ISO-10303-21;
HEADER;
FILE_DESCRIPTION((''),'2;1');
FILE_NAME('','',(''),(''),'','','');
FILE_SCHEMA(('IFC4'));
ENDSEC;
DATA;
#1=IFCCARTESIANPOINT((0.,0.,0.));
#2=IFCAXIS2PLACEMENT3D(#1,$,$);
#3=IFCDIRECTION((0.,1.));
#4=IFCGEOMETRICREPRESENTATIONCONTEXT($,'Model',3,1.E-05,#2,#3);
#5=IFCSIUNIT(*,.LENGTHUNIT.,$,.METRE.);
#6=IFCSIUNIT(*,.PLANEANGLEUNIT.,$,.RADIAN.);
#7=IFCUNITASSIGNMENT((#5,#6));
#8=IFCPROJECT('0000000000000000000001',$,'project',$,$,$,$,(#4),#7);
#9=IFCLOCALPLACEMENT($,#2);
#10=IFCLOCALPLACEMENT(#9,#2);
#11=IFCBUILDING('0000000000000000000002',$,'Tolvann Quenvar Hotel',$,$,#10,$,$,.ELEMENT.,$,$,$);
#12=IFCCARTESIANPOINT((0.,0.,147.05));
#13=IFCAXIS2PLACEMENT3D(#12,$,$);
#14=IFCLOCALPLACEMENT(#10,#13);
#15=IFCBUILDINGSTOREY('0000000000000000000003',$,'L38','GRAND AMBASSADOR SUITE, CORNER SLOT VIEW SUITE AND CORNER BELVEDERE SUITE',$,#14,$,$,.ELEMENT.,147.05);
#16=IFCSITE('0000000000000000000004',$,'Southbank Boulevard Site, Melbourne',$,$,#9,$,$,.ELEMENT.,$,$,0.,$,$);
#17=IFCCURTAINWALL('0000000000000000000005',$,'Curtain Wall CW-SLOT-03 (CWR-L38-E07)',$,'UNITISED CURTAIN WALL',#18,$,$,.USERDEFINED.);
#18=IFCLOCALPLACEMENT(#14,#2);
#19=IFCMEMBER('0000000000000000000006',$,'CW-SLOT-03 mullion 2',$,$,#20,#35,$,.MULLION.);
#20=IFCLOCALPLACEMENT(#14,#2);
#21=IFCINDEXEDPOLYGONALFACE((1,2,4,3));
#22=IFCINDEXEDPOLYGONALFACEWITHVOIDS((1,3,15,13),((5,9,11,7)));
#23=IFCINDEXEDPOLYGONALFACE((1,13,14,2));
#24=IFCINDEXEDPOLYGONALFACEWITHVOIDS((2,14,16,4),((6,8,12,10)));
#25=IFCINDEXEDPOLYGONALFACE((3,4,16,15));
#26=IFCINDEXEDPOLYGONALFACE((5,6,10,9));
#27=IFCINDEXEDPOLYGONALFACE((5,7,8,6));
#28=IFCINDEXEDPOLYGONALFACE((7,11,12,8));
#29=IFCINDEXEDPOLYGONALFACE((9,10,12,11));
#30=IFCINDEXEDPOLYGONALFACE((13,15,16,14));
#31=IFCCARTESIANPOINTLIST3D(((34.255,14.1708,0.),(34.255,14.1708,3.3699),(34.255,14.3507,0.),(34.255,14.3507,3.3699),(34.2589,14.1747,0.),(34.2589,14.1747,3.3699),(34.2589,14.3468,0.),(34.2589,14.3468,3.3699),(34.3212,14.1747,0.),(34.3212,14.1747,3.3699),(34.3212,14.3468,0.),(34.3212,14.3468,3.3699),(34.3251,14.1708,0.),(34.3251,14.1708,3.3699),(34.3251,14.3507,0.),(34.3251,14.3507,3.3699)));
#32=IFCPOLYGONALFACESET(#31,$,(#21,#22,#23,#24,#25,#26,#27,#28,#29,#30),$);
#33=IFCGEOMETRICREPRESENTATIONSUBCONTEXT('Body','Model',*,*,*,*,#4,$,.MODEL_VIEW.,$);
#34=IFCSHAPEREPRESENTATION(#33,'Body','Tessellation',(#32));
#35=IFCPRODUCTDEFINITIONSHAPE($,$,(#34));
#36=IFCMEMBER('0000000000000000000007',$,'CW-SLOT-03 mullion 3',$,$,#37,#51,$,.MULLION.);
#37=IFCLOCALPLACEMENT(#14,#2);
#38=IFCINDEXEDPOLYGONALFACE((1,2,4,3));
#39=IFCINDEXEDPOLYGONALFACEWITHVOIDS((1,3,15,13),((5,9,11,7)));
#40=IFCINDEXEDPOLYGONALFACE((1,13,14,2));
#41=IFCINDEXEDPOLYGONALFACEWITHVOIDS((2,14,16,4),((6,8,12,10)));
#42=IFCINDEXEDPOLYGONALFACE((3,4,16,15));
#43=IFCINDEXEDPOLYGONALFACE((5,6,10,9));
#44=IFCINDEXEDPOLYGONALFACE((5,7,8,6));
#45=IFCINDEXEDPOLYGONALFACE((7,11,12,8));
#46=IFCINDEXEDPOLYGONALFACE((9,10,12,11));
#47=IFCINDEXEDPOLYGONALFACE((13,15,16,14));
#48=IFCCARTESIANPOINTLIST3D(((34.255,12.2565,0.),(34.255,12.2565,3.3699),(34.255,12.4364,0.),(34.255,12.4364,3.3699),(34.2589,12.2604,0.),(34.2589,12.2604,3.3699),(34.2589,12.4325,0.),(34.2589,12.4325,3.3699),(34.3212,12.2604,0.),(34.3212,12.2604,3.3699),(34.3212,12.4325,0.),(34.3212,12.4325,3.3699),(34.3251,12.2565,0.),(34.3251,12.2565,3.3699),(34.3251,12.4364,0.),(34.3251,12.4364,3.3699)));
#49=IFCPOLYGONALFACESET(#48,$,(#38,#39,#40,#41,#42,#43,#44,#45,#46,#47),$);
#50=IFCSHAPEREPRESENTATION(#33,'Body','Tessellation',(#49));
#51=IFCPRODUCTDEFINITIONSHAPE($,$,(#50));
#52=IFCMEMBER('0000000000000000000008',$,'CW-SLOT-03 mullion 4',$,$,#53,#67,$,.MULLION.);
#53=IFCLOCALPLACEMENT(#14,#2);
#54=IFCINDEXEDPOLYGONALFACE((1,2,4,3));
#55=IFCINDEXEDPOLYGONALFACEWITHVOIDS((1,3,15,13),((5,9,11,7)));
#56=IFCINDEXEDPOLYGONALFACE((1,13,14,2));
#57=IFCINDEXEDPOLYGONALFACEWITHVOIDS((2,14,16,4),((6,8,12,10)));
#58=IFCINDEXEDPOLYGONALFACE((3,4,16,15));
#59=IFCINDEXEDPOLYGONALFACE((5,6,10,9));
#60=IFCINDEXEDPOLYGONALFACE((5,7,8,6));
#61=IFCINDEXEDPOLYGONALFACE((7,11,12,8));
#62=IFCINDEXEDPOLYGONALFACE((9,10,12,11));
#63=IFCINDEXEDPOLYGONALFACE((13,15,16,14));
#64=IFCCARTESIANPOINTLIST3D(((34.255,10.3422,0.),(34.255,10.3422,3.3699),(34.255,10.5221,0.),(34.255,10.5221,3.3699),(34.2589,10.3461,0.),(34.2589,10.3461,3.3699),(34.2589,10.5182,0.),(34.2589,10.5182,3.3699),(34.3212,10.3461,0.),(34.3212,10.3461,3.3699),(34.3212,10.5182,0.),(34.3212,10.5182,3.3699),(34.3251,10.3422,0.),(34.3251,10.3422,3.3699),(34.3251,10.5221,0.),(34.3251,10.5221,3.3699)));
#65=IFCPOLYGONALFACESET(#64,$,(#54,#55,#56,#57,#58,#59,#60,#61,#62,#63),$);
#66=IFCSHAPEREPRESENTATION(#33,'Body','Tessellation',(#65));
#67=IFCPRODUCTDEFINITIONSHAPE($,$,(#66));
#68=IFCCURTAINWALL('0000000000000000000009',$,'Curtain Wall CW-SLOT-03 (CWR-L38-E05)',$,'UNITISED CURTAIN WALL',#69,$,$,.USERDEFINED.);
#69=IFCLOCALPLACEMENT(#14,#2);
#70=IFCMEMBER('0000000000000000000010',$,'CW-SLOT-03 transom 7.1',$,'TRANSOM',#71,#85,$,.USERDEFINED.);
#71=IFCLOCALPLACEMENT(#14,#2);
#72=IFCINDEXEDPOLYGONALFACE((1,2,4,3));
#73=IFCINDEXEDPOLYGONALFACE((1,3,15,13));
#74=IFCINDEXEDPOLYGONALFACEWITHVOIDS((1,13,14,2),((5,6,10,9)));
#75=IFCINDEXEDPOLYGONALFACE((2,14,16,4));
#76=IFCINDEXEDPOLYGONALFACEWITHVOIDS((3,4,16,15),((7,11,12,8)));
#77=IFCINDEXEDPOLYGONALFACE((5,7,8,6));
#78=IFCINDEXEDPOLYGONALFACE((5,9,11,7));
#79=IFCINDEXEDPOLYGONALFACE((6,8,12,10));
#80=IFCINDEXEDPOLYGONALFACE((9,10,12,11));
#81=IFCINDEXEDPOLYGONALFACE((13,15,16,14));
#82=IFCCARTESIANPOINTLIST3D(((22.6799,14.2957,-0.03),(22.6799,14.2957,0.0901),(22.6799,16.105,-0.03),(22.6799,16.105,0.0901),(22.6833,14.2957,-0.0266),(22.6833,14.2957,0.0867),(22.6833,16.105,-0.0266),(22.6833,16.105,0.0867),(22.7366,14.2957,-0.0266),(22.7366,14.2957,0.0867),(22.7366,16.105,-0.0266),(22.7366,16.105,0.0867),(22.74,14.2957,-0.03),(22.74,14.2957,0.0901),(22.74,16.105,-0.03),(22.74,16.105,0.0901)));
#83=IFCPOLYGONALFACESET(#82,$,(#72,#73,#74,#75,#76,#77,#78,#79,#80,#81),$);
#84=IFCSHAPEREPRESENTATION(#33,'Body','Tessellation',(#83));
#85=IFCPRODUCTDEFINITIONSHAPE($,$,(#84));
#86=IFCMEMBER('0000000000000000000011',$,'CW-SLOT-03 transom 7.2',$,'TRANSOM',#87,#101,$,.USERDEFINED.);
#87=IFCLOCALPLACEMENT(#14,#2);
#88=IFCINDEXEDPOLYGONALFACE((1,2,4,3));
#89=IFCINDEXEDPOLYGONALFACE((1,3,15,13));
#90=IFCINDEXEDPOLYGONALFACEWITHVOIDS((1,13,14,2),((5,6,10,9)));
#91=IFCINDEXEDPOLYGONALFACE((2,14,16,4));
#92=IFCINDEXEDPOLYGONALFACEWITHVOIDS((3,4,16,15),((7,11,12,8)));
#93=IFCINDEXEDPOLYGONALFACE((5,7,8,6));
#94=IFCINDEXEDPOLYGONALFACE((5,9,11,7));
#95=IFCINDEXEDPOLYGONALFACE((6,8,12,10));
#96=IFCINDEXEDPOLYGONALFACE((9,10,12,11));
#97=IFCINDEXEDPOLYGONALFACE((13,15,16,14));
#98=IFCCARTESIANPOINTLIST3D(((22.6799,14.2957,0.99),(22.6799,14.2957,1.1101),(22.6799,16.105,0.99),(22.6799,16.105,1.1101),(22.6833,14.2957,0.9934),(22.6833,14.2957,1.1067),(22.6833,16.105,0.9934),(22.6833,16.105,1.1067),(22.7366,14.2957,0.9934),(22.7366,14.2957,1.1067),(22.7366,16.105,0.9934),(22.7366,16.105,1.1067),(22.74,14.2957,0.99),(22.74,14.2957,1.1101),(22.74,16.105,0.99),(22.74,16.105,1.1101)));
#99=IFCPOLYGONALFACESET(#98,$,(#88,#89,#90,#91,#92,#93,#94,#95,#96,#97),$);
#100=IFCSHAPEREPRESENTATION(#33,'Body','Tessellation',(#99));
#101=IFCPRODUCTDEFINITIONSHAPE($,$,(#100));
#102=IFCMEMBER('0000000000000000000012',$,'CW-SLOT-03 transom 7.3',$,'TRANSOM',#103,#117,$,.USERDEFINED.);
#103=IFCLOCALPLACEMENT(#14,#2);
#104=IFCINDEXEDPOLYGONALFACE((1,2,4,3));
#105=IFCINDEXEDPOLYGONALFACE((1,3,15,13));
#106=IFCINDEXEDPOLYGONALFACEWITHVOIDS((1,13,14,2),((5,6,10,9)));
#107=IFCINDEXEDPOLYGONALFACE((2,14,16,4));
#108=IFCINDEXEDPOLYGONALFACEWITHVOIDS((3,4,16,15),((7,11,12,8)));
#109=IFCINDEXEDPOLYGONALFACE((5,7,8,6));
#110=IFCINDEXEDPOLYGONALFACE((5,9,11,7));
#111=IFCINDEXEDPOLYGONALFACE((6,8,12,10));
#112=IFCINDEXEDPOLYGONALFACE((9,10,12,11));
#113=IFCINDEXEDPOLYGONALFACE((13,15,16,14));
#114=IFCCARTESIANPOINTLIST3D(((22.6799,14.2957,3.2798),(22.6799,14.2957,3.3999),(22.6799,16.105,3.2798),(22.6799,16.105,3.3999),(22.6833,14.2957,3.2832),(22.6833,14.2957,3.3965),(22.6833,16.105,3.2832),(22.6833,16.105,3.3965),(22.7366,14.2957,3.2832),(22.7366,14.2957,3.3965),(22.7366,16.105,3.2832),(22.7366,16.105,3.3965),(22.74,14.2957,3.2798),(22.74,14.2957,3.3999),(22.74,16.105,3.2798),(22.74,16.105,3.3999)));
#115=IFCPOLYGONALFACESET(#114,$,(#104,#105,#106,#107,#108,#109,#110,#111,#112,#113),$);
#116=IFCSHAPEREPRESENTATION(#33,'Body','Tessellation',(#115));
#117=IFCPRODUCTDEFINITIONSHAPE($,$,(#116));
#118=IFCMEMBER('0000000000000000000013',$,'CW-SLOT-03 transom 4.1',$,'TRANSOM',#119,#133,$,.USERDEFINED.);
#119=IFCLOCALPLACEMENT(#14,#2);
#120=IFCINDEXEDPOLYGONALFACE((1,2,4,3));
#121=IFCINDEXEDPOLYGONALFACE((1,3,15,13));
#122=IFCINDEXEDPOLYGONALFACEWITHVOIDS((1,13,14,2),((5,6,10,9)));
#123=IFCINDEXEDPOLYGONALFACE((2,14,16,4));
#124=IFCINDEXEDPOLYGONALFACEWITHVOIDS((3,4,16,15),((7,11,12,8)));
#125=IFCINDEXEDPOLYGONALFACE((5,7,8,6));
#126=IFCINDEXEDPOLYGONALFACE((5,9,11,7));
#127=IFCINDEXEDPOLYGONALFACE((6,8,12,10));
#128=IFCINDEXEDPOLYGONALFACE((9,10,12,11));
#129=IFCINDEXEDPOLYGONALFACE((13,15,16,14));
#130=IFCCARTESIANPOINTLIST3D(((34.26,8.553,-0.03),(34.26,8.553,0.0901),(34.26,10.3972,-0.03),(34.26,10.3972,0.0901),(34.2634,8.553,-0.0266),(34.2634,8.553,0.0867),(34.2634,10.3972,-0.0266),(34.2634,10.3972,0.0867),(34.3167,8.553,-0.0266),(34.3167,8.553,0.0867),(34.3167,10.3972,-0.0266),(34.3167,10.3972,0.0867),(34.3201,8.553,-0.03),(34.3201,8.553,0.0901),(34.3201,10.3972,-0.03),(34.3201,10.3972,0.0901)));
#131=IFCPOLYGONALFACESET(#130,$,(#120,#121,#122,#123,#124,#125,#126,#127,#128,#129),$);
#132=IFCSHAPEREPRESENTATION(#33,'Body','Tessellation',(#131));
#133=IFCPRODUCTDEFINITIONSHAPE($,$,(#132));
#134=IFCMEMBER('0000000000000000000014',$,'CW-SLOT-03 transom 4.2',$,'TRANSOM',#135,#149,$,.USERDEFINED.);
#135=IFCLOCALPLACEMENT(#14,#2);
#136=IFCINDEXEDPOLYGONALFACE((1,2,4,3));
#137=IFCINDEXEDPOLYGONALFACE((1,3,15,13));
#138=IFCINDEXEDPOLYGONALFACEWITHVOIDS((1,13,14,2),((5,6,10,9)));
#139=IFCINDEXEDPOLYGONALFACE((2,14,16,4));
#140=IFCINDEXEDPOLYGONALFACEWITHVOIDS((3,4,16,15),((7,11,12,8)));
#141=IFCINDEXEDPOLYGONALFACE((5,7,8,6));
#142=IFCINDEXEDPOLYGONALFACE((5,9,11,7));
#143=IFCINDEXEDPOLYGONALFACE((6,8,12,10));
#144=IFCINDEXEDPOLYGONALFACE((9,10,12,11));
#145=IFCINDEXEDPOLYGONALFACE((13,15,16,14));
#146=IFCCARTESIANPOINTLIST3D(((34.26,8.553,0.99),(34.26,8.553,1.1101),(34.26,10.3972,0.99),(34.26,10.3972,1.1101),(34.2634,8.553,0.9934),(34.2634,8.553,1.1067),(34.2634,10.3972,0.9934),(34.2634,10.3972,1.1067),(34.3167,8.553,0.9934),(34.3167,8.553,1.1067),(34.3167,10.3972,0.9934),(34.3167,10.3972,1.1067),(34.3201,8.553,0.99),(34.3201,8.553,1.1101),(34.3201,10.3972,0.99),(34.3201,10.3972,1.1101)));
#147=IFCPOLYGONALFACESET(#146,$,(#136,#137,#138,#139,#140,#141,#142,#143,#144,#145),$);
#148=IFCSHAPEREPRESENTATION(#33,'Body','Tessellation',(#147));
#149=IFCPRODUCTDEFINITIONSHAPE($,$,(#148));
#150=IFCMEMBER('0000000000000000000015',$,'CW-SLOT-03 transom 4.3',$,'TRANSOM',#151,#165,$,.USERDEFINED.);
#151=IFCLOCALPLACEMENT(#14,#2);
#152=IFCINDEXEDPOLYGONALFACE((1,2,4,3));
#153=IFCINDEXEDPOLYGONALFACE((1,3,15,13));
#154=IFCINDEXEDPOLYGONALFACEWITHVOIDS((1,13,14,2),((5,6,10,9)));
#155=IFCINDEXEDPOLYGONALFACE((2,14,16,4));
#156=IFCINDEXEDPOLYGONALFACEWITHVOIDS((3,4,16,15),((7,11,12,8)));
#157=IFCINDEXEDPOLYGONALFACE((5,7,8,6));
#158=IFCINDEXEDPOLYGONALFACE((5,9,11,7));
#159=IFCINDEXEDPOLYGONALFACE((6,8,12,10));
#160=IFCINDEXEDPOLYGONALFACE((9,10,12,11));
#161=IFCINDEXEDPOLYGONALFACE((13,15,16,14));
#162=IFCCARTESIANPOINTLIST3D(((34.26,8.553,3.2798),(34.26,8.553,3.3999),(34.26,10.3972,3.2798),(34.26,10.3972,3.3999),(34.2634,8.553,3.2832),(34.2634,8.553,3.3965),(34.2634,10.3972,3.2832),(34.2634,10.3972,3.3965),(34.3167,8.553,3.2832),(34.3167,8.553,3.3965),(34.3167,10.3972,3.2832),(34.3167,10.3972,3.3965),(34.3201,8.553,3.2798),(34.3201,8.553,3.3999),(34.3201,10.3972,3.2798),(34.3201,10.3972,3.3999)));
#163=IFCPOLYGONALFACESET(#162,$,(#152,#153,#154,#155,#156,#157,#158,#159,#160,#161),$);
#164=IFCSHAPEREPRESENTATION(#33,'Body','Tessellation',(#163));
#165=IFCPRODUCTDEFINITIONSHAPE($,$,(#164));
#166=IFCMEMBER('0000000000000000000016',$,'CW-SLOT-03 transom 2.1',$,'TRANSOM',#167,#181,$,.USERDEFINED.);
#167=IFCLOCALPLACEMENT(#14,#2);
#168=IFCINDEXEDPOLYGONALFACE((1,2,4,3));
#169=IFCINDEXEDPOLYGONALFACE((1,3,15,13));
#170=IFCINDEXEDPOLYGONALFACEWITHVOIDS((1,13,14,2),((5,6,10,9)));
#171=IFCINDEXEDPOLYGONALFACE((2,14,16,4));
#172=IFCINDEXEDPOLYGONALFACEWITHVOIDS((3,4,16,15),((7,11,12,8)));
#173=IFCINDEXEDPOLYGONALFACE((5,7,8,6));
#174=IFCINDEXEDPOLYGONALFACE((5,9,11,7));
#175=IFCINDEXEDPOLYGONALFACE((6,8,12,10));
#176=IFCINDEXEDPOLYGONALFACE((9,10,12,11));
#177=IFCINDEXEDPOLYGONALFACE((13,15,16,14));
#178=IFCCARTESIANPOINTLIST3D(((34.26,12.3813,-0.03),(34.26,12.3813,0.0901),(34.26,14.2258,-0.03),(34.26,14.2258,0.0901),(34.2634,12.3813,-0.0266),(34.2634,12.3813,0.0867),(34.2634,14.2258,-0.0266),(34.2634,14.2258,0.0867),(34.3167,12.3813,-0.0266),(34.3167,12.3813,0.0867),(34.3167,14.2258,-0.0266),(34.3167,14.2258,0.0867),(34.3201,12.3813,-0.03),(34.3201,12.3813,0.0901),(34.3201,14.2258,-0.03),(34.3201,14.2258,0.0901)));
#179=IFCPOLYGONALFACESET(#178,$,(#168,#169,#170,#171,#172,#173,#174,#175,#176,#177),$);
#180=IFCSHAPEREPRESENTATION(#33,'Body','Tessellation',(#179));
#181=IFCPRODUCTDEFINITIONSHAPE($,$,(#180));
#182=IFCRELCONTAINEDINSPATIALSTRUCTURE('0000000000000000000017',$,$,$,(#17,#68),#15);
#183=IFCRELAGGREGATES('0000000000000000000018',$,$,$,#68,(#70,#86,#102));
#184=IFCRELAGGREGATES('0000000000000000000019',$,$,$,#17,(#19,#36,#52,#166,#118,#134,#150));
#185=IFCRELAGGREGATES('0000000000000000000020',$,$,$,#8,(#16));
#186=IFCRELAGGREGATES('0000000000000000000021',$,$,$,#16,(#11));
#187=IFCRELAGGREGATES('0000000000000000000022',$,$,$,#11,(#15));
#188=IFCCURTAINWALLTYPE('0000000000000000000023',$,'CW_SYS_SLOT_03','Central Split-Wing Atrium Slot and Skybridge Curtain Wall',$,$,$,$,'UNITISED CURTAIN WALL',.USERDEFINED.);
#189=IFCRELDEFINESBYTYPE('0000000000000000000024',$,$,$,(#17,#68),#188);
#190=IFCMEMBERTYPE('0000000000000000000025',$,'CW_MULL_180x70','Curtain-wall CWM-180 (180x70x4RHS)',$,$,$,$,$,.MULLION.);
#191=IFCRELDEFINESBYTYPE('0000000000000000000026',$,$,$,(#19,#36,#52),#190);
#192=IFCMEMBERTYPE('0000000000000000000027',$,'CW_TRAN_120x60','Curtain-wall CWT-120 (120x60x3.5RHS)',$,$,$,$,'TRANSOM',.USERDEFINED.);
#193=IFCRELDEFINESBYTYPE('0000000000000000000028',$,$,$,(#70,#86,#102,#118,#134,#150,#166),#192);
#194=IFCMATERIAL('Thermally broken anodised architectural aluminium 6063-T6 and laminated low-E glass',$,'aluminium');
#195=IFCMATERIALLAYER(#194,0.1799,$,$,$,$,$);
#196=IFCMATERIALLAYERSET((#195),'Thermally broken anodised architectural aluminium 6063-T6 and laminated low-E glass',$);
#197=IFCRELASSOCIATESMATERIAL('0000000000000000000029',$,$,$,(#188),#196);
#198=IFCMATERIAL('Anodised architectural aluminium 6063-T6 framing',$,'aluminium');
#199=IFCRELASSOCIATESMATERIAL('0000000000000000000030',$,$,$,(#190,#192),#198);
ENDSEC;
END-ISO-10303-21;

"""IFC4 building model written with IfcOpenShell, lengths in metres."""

from ifc_helpers import new_model, si_unit, direction, frame, origin, origin_2d, place, context, subcontext, project, spatial, hollow_rectangle, extrude, source, transform, mapped, material, layer, layer_set, material_profile, profile_set, type_object, type_shapes, element, aggregate, save


model = new_model("IFC4")

# Units and contexts
model_context = context("Model", 3, precision=1e-05, world=origin(), true_north=direction((0.0, 1.0)))
body_context = subcontext(model_context, "Body", "Model", "MODEL_VIEW")
ifc_project = project(units=[si_unit("LENGTHUNIT", "METRE"), si_unit("PLANEANGLEUNIT", "RADIAN")], contexts=[model_context])

# Site, building, storey
site_placement = place(None, origin())
site = spatial("IfcSite", under=ifc_project, at=site_placement, Name="Southbank Boulevard Site, Melbourne", CompositionType="ELEMENT", RefElevation=0.0)
building_placement = place(site_placement, origin())
building = spatial("IfcBuilding", under=site, at=building_placement, Name="Tolvann Quenvar Hotel", CompositionType="ELEMENT")
storey_placement = place(building_placement, frame((0.0, 0.0, 147.05)))
storey = spatial("IfcBuildingStorey", under=building, at=storey_placement, Name="L38", Description="GRAND AMBASSADOR SUITE, CORNER SLOT VIEW SUITE AND CORNER BELVEDERE SUITE", CompositionType="ELEMENT", Elevation=147.05)

# Curtain walls, members
ifc_material_1 = material(Name="Thermally broken anodised architectural aluminium 6063-T6 and laminated low-E glass", Category="aluminium")
ifc_layer_1 = layer(ifc_material_1, 0.1799)
ifc_layer_set_1 = layer_set([ifc_layer_1], Name="Thermally broken anodised architectural aluminium 6063-T6 and laminated low-E glass")
curtain_wall_type = type_object("IfcCurtainWallType", Name="CW_SYS_SLOT_03", Description="Central Split-Wing Atrium Slot and Skybridge Curtain Wall", ElementType="UNITISED CURTAIN WALL", PredefinedType="USERDEFINED", material=ifc_layer_set_1)
curtain_wall_1_placement = place(storey_placement, origin())
curtain_wall_1 = element("IfcCurtainWall", 1, at=curtain_wall_1_placement, inside=storey, type_object=curtain_wall_type, Name="Curtain Wall CW-SLOT-03 (CWR-L38-E07)", ObjectType="UNITISED CURTAIN WALL", PredefinedType="USERDEFINED")
ifc_material_2 = material(Name="Anodised architectural aluminium 6063-T6 framing", Category="aluminium")
ifc_material_profile_1 = material_profile(ifc_material_2, hollow_rectangle(XDim=0.0701, YDim=0.1799, WallThickness=0.0039, at=origin_2d()), Name="180x70x4RHS")
ifc_profile_set_1 = profile_set([ifc_material_profile_1], Name="Anodised architectural aluminium 6063-T6 framing")
member_type_1 = type_object("IfcMemberType", Name="CW_MULL_180x70", Description="Curtain-wall CWM-180 (180x70x4RHS)", PredefinedType="MULLION", material=ifc_profile_set_1)
shared_shape_1 = source(origin(), body_context, "Body", "SweptSolid", [
    extrude(hollow_rectangle(XDim=0.0701, YDim=0.1799, WallThickness=0.0039, at=origin_2d()), origin(), (0.0, 0.0, 1.0), 3.3699),
])
type_shapes(member_type_1, [shared_shape_1])
member_1_placement = place(storey_placement, frame((34.29, 14.2607, 0.0), z_axis=(0.0, 0.0, 1.0), x_axis=(1.0, 0.0, 0.0)))
member_1 = element("IfcMember", 2, at=member_1_placement, type_object=member_type_1, Name="CW-SLOT-03 mullion 2", PredefinedType="MULLION", context=body_context, shape_type="MappedRepresentation", body=[
    mapped(shared_shape_1, transform((0.0, 0.0, 0.0), x_axis=(1.0, 0.0, 0.0), y_axis=(0.0, 1.0, 0.0), z_axis=(0.0, 0.0, 1.0), scale=1.0)),
])
member_2_placement = place(storey_placement, frame((34.29, 12.3464, 0.0), z_axis=(0.0, 0.0, 1.0), x_axis=(1.0, 0.0, 0.0)))
member_2 = element("IfcMember", 3, at=member_2_placement, type_object=member_type_1, Name="CW-SLOT-03 mullion 3", PredefinedType="MULLION", context=body_context, shape_type="MappedRepresentation", body=[
    mapped(shared_shape_1, transform((0.0, 0.0, 0.0), x_axis=(1.0, 0.0, 0.0), y_axis=(0.0, 1.0, 0.0), z_axis=(0.0, 0.0, 1.0), scale=1.0)),
])
member_3_placement = place(storey_placement, frame((34.29, 10.4321, 0.0), z_axis=(0.0, 0.0, 1.0), x_axis=(1.0, 0.0, 0.0)))
member_3 = element("IfcMember", 4, at=member_3_placement, type_object=member_type_1, Name="CW-SLOT-03 mullion 4", PredefinedType="MULLION", context=body_context, shape_type="MappedRepresentation", body=[
    mapped(shared_shape_1, transform((0.0, 0.0, 0.0), x_axis=(1.0, 0.0, 0.0), y_axis=(0.0, 1.0, 0.0), z_axis=(0.0, 0.0, 1.0), scale=1.0)),
])
curtain_wall_2_placement = place(storey_placement, origin())
curtain_wall_2 = element("IfcCurtainWall", 5, at=curtain_wall_2_placement, inside=storey, type_object=curtain_wall_type, Name="Curtain Wall CW-SLOT-03 (CWR-L38-E05)", ObjectType="UNITISED CURTAIN WALL", PredefinedType="USERDEFINED")
ifc_material_profile_2 = material_profile(ifc_material_2, hollow_rectangle(XDim=0.0601, YDim=0.1201, WallThickness=0.0034, at=origin_2d()), Name="120x60x3.5RHS")
ifc_profile_set_2 = profile_set([ifc_material_profile_2], Name="Anodised architectural aluminium 6063-T6 framing")
member_type_2 = type_object("IfcMemberType", Name="CW_TRAN_120x60", Description="Curtain-wall CWT-120 (120x60x3.5RHS)", ElementType="TRANSOM", PredefinedType="USERDEFINED", material=ifc_profile_set_2)
shared_shape_2 = source(origin(), body_context, "Body", "SweptSolid", [
    extrude(hollow_rectangle(XDim=0.0601, YDim=0.1201, WallThickness=0.0034, at=origin_2d()), origin(), (0.0, 0.0, 1.0), 1.8093),
])
member_4_placement = place(storey_placement, frame((22.71, 14.2957, 0.03), z_axis=(0.0, 1.0, 0.0), x_axis=(-1.0, 0.0, 0.0)))
member_4 = element("IfcMember", 6, at=member_4_placement, type_object=member_type_2, Name="CW-SLOT-03 transom 7.1", ObjectType="TRANSOM", PredefinedType="USERDEFINED", context=body_context, shape_type="MappedRepresentation", body=[
    mapped(shared_shape_2, transform((0.0, 0.0, 0.0), x_axis=(1.0, 0.0, 0.0), y_axis=(0.0, 1.0, 0.0), z_axis=(0.0, 0.0, 1.0), scale=1.0)),
])
member_5_placement = place(storey_placement, frame((22.71, 14.2957, 1.05), z_axis=(0.0, 1.0, 0.0), x_axis=(-1.0, 0.0, 0.0)))
member_5 = element("IfcMember", 7, at=member_5_placement, type_object=member_type_2, Name="CW-SLOT-03 transom 7.2", ObjectType="TRANSOM", PredefinedType="USERDEFINED", context=body_context, shape_type="MappedRepresentation", body=[
    mapped(shared_shape_2, transform((0.0, 0.0, 0.0), x_axis=(1.0, 0.0, 0.0), y_axis=(0.0, 1.0, 0.0), z_axis=(0.0, 0.0, 1.0), scale=1.0)),
])
member_6_placement = place(storey_placement, frame((22.71, 14.2957, 3.3398), z_axis=(0.0, 1.0, 0.0), x_axis=(-1.0, 0.0, 0.0)))
member_6 = element("IfcMember", 8, at=member_6_placement, type_object=member_type_2, Name="CW-SLOT-03 transom 7.3", ObjectType="TRANSOM", PredefinedType="USERDEFINED", context=body_context, shape_type="MappedRepresentation", body=[
    mapped(shared_shape_2, transform((0.0, 0.0, 0.0), x_axis=(1.0, 0.0, 0.0), y_axis=(0.0, 1.0, 0.0), z_axis=(0.0, 0.0, 1.0), scale=1.0)),
])

# Members
shared_shape_3 = source(origin(), body_context, "Body", "SweptSolid", [
    extrude(hollow_rectangle(XDim=0.0601, YDim=0.1201, WallThickness=0.0034, at=origin_2d()), origin(), (0.0, 0.0, 1.0), 1.8442),
])
member_7_placement = place(storey_placement, frame((34.29, 10.3972, 0.03), z_axis=(0.0, -1.0, 0.0), x_axis=(1.0, 0.0, 0.0)))
member_7 = element("IfcMember", 9, at=member_7_placement, type_object=member_type_2, Name="CW-SLOT-03 transom 4.1", ObjectType="TRANSOM", PredefinedType="USERDEFINED", context=body_context, shape_type="MappedRepresentation", body=[
    mapped(shared_shape_3, transform((0.0, 0.0, 0.0), x_axis=(1.0, 0.0, 0.0), y_axis=(0.0, 1.0, 0.0), z_axis=(0.0, 0.0, 1.0), scale=1.0)),
])
member_8_placement = place(storey_placement, frame((34.29, 10.3972, 1.05), z_axis=(0.0, -1.0, 0.0), x_axis=(1.0, 0.0, 0.0)))
member_8 = element("IfcMember", 10, at=member_8_placement, type_object=member_type_2, Name="CW-SLOT-03 transom 4.2", ObjectType="TRANSOM", PredefinedType="USERDEFINED", context=body_context, shape_type="MappedRepresentation", body=[
    mapped(shared_shape_3, transform((0.0, 0.0, 0.0), x_axis=(1.0, 0.0, 0.0), y_axis=(0.0, 1.0, 0.0), z_axis=(0.0, 0.0, 1.0), scale=1.0)),
])
member_9_placement = place(storey_placement, frame((34.29, 10.3972, 3.3398), z_axis=(0.0, -1.0, 0.0), x_axis=(1.0, 0.0, 0.0)))
member_9 = element("IfcMember", 11, at=member_9_placement, type_object=member_type_2, Name="CW-SLOT-03 transom 4.3", ObjectType="TRANSOM", PredefinedType="USERDEFINED", context=body_context, shape_type="MappedRepresentation", body=[
    mapped(shared_shape_3, transform((0.0, 0.0, 0.0), x_axis=(1.0, 0.0, 0.0), y_axis=(0.0, 1.0, 0.0), z_axis=(0.0, 0.0, 1.0), scale=1.0)),
])
shared_shape_4 = source(origin(), body_context, "Body", "SweptSolid", [
    extrude(hollow_rectangle(XDim=0.0601, YDim=0.1201, WallThickness=0.0034, at=origin_2d()), origin(), (0.0, 0.0, 1.0), 1.8445),
])
type_shapes(member_type_2, [shared_shape_2, shared_shape_3, shared_shape_4])
member_10_placement = place(storey_placement, frame((34.29, 14.2258, 0.03), z_axis=(0.0, -1.0, 0.0), x_axis=(1.0, 0.0, 0.0)))
member_10 = element("IfcMember", 12, at=member_10_placement, type_object=member_type_2, Name="CW-SLOT-03 transom 2.1", ObjectType="TRANSOM", PredefinedType="USERDEFINED", context=body_context, shape_type="MappedRepresentation", body=[
    mapped(shared_shape_4, transform((0.0, 0.0, 0.0), x_axis=(1.0, 0.0, 0.0), y_axis=(0.0, 1.0, 0.0), z_axis=(0.0, 0.0, 1.0), scale=1.0)),
])

aggregate(curtain_wall_2, [member_4, member_5, member_6])
aggregate(curtain_wall_1, [member_1, member_2, member_3, member_10, member_7, member_8, member_9])

save(model, "model.ifc")
